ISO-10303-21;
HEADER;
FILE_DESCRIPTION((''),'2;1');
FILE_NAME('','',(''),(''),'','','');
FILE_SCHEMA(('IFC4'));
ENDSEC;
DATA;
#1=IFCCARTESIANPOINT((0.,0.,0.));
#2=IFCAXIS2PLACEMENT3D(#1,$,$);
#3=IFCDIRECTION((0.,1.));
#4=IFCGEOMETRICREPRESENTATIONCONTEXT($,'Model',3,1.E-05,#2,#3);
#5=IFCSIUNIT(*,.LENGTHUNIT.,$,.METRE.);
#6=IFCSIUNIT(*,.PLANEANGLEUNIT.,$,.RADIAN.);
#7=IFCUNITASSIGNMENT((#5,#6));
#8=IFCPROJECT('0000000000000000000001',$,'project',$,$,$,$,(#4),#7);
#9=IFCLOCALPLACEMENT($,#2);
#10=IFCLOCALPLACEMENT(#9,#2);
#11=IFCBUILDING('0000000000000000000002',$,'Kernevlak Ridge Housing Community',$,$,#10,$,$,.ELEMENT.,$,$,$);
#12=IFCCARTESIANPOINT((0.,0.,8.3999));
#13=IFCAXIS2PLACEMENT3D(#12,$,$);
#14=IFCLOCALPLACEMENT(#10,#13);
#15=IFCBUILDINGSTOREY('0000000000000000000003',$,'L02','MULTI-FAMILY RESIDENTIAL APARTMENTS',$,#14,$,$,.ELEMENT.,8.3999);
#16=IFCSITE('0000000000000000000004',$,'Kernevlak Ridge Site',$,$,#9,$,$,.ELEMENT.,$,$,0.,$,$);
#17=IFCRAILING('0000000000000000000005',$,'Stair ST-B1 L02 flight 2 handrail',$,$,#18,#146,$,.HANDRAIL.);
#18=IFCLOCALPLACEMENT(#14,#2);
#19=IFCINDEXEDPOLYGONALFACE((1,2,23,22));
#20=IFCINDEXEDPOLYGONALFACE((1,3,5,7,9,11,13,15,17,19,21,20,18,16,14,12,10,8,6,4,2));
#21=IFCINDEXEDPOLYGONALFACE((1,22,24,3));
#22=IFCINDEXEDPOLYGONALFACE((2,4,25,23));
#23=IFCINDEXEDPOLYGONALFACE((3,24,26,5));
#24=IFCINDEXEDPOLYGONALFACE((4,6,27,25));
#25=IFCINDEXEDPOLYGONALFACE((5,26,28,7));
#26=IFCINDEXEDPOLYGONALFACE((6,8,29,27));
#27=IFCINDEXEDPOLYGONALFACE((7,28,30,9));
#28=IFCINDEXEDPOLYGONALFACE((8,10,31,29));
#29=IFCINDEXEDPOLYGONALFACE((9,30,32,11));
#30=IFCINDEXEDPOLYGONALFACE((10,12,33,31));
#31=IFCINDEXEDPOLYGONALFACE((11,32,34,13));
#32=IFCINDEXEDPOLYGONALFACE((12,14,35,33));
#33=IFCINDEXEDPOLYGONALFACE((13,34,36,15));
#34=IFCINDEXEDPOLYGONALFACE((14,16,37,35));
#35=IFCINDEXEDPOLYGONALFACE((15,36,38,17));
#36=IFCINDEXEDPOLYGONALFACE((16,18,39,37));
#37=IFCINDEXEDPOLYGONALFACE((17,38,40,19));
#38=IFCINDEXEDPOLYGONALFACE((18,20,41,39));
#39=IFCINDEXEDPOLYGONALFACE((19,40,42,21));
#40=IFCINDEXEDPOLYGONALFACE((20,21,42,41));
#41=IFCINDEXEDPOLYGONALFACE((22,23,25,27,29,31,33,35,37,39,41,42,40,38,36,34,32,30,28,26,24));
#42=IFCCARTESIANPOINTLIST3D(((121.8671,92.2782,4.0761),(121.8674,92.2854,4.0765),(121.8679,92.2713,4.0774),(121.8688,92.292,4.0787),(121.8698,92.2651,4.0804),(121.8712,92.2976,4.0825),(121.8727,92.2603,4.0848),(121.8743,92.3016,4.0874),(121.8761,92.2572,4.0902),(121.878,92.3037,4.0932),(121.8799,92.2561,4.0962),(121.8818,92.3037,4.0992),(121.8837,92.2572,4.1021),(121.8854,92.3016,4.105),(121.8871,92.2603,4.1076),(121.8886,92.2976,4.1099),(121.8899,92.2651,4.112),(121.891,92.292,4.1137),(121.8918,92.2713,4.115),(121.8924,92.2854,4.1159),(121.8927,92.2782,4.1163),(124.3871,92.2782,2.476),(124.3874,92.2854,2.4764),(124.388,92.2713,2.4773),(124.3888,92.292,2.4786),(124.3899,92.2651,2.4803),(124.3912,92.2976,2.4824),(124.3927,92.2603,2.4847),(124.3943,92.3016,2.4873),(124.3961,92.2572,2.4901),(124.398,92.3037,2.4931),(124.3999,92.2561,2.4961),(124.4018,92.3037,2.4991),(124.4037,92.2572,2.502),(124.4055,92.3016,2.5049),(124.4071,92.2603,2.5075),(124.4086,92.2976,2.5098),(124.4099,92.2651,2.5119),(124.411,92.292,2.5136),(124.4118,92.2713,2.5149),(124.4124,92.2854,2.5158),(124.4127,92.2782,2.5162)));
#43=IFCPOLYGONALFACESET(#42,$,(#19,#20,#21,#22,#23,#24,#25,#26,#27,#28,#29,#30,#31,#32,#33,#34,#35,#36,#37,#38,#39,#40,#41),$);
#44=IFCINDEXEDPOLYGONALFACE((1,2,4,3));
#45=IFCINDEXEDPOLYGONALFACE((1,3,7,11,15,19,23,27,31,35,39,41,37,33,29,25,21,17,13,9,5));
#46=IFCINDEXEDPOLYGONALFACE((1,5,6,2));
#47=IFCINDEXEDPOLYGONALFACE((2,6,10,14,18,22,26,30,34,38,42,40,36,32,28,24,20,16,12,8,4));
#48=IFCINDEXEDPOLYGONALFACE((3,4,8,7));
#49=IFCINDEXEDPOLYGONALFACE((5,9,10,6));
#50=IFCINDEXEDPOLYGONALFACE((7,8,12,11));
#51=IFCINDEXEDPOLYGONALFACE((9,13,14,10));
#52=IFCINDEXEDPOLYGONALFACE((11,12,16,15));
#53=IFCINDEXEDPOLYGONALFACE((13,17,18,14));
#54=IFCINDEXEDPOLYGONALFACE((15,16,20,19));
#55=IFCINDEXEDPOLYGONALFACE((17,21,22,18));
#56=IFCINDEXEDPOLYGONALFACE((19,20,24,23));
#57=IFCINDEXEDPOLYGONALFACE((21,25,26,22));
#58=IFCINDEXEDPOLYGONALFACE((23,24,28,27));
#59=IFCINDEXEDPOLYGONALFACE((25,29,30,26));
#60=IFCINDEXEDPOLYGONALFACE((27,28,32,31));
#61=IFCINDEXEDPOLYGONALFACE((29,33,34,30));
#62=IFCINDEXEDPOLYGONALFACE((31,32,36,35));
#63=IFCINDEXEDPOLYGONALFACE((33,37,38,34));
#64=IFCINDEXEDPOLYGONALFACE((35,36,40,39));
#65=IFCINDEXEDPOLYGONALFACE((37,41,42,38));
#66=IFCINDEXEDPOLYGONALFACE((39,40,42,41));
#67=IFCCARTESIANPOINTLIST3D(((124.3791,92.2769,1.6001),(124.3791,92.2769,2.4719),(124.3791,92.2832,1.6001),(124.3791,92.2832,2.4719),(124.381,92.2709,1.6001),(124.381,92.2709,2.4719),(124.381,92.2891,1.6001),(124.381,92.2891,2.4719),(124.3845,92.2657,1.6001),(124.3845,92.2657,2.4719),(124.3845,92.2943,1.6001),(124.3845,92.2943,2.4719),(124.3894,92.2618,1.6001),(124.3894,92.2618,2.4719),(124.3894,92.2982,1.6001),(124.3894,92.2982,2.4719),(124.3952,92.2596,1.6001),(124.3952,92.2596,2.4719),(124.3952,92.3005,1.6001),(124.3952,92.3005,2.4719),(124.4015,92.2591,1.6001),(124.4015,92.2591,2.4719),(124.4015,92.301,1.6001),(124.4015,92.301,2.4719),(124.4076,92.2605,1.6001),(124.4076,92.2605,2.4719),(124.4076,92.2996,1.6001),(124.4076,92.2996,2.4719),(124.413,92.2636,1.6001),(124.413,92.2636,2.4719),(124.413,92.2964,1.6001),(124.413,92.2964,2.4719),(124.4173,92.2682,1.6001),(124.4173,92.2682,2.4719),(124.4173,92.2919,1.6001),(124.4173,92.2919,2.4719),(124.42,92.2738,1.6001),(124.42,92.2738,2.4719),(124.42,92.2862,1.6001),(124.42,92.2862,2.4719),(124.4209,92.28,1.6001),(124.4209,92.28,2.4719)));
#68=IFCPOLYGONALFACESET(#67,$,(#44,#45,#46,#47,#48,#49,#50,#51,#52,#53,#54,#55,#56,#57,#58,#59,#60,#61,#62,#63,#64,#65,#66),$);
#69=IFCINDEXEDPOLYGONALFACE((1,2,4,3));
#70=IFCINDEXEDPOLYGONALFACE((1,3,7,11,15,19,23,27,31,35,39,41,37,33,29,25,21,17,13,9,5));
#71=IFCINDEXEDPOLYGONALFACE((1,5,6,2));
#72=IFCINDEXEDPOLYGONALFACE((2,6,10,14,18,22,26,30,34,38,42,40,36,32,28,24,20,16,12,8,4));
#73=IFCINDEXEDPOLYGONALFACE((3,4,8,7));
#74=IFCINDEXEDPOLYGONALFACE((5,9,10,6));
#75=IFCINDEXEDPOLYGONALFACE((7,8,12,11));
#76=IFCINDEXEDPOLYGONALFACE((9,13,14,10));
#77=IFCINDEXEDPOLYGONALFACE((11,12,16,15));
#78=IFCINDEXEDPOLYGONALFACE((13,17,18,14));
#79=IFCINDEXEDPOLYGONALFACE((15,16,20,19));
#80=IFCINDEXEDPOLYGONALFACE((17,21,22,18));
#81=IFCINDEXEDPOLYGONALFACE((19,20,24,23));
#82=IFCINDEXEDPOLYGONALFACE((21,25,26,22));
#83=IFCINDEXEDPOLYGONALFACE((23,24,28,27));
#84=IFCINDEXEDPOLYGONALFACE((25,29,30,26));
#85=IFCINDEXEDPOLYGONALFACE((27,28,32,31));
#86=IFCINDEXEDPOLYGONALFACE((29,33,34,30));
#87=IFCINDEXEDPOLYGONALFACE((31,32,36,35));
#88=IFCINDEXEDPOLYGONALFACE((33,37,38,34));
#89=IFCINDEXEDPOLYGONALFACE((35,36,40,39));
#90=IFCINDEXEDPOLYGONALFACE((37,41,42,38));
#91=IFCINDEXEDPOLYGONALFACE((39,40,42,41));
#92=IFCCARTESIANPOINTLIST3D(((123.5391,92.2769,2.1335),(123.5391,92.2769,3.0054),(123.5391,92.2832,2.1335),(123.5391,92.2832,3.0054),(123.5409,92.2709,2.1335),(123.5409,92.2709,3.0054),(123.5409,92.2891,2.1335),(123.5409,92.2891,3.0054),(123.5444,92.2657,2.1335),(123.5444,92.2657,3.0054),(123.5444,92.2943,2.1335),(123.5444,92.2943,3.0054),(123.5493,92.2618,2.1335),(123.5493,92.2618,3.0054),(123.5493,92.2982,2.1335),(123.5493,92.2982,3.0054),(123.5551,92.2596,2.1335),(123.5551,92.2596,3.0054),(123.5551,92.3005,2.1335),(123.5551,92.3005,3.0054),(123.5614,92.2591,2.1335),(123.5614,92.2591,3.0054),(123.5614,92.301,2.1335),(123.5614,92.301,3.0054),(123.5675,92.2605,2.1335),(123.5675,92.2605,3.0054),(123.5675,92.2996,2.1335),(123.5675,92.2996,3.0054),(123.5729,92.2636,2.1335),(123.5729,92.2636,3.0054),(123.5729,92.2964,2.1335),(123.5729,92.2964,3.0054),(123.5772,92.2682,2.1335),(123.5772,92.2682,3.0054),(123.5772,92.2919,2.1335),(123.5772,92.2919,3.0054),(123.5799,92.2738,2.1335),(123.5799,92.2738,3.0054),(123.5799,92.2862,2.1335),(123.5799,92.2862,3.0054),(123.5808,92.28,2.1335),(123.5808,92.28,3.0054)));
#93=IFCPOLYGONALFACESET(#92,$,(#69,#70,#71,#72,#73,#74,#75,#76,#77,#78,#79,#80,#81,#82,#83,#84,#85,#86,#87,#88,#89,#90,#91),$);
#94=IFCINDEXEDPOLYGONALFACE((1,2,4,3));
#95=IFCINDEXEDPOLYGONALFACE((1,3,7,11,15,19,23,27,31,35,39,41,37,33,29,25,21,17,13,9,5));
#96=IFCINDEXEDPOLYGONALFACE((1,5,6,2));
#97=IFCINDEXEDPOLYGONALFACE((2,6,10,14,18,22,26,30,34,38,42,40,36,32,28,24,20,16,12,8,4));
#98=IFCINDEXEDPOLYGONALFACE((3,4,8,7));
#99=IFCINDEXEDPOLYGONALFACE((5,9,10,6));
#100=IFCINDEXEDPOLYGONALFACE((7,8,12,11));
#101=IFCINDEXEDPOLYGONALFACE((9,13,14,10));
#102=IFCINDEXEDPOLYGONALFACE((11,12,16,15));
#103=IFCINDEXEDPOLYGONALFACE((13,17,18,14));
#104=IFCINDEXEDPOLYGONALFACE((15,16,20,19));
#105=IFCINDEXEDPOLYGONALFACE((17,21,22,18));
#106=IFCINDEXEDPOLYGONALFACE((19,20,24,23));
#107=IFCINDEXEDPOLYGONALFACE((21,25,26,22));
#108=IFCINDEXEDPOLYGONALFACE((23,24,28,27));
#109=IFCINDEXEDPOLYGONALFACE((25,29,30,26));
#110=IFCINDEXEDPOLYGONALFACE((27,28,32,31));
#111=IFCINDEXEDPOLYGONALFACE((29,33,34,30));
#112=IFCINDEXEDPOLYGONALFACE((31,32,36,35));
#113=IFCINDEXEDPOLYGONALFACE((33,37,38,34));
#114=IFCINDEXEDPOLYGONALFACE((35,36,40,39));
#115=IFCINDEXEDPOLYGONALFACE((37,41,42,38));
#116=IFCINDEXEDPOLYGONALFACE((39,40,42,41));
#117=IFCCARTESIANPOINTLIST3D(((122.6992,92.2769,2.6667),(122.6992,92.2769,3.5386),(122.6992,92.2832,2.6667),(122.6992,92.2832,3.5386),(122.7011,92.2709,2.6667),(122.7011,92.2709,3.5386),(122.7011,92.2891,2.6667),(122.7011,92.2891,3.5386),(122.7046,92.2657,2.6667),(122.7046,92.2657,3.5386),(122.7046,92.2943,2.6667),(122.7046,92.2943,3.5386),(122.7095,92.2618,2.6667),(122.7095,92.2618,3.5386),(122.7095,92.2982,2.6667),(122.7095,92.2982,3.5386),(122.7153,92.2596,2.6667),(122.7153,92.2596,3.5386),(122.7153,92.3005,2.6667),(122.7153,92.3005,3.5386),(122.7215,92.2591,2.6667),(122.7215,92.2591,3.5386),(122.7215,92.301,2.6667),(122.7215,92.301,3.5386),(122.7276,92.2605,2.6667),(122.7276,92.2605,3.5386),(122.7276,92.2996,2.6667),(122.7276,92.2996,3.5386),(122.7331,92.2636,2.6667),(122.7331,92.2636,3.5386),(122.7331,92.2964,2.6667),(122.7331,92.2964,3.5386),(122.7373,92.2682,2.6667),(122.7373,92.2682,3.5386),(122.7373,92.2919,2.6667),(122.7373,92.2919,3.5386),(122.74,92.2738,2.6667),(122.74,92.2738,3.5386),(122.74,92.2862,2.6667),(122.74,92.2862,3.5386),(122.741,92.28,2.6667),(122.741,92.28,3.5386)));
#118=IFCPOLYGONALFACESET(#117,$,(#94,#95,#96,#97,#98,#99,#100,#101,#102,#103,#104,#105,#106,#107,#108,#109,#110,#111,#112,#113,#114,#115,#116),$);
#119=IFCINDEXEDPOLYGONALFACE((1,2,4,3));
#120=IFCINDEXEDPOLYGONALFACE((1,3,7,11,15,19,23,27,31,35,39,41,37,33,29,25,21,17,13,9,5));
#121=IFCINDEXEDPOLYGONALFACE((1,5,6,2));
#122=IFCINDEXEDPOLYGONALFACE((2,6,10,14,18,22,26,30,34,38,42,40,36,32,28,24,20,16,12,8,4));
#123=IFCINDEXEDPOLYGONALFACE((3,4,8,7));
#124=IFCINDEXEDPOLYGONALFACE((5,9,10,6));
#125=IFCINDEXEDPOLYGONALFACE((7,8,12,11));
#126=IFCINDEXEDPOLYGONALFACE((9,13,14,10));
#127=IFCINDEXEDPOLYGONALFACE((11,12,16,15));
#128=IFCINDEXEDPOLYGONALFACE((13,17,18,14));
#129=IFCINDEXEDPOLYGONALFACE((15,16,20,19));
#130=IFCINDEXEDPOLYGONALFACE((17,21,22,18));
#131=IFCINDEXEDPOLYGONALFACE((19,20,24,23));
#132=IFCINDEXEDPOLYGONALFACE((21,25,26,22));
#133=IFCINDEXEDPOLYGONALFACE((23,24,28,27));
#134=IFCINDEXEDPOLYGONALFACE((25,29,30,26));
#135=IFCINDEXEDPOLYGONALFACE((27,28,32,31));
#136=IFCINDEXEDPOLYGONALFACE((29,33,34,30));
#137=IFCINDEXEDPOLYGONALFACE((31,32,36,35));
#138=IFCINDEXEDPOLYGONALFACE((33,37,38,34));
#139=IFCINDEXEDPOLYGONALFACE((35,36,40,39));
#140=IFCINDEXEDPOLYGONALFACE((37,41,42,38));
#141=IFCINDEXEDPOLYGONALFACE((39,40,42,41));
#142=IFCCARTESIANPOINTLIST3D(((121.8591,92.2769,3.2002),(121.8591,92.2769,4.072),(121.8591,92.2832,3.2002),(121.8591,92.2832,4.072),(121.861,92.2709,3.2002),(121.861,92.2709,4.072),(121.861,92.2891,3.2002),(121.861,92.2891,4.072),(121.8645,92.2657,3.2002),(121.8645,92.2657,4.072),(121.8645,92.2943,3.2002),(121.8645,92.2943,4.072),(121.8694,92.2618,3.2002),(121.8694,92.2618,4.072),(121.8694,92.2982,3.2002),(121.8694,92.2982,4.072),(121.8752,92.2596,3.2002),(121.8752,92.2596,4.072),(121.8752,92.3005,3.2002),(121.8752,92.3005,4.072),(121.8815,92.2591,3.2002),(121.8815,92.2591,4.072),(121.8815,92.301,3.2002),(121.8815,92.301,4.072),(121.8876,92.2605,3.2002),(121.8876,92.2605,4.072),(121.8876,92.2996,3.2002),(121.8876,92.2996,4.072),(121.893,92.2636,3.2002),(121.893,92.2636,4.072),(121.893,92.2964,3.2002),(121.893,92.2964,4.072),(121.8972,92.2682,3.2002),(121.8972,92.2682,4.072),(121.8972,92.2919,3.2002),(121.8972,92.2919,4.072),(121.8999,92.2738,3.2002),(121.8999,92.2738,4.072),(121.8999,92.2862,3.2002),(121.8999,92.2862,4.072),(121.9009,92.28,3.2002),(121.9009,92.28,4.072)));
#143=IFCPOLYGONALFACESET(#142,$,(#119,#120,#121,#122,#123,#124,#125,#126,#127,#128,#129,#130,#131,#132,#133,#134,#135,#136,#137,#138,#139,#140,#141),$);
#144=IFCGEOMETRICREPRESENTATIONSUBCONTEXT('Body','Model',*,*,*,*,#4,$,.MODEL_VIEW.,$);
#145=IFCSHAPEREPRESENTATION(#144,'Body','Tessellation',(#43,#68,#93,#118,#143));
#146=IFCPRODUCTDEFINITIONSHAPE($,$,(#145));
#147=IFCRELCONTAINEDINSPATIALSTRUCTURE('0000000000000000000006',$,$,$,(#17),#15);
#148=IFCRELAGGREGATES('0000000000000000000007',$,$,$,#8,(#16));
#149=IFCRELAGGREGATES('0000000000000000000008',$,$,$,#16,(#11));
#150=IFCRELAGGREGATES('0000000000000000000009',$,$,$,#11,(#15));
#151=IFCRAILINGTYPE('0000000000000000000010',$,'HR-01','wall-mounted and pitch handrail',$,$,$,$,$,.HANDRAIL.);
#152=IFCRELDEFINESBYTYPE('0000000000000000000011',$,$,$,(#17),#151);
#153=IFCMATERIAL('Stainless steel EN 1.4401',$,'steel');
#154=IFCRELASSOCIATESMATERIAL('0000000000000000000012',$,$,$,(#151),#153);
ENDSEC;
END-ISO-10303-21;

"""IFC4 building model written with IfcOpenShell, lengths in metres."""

from ifc_helpers import new_model, si_unit, direction, frame, origin, origin_2d, place, context, subcontext, project, spatial, circle, extrude, material, type_object, element, save


model = new_model("IFC4")

# Units and contexts
model_context = context("Model", 3, precision=1e-05, world=origin(), true_north=direction((0.0, 1.0)))
body_context = subcontext(model_context, "Body", "Model", "MODEL_VIEW")
ifc_project = project(units=[si_unit("LENGTHUNIT", "METRE"), si_unit("PLANEANGLEUNIT", "RADIAN")], contexts=[model_context])

# Site, building, storey
site_placement = place(None, origin())
site = spatial("IfcSite", under=ifc_project, at=site_placement, Name="Kernevlak Ridge Site", CompositionType="ELEMENT", RefElevation=0.0)
building_placement = place(site_placement, origin())
building = spatial("IfcBuilding", under=site, at=building_placement, Name="Kernevlak Ridge Housing Community", CompositionType="ELEMENT")
storey_placement = place(building_placement, frame((0.0, 0.0, 8.3999)))
storey = spatial("IfcBuildingStorey", under=building, at=storey_placement, Name="L02", Description="MULTI-FAMILY RESIDENTIAL APARTMENTS", CompositionType="ELEMENT", Elevation=8.3999)

# Shared definitions
ifc_material_1 = material(Name="Stainless steel EN 1.4401", Category="steel")

# Railing
railing_type_1 = type_object("IfcRailingType", Name="HR-01", Description="wall-mounted and pitch handrail", PredefinedType="HANDRAIL", material=ifc_material_1)
railing_1_placement = place(storey_placement, frame((124.3999, 92.28, 1.6001)))
element("IfcRailing", 1, at=railing_1_placement, inside=storey, type_object=railing_type_1, Name="Stair ST-B1 L02 flight 2 handrail", PredefinedType="HANDRAIL", context=body_context, shape_type="SweptSolid", body=[
    extrude(circle(Radius=0.0239, at=origin_2d()), frame((0.0, 0.0, 0.896), z_axis=(-0.8442, 0.0, 0.536028), x_axis=(0.0, -1.0, 0.0)), (0.0, 0.0, 1.0), 2.9851),
    extrude(circle(Radius=0.021, at=origin_2d()), origin(), (0.0, 0.0, 1.0), 0.8718),
    extrude(circle(Radius=0.021, at=origin_2d()), frame((-0.8401, 0.0, 0.5334)), (0.0, 0.0, 1.0), 0.8718),
    extrude(circle(Radius=0.021, at=origin_2d()), frame((-1.6799, 0.0, 1.0667)), (0.0, 0.0, 1.0), 0.8718),
    extrude(circle(Radius=0.021, at=origin_2d()), frame((-2.52, 0.0, 1.6001)), (0.0, 0.0, 1.0), 0.8718),
])

save(model, "model.ifc")
